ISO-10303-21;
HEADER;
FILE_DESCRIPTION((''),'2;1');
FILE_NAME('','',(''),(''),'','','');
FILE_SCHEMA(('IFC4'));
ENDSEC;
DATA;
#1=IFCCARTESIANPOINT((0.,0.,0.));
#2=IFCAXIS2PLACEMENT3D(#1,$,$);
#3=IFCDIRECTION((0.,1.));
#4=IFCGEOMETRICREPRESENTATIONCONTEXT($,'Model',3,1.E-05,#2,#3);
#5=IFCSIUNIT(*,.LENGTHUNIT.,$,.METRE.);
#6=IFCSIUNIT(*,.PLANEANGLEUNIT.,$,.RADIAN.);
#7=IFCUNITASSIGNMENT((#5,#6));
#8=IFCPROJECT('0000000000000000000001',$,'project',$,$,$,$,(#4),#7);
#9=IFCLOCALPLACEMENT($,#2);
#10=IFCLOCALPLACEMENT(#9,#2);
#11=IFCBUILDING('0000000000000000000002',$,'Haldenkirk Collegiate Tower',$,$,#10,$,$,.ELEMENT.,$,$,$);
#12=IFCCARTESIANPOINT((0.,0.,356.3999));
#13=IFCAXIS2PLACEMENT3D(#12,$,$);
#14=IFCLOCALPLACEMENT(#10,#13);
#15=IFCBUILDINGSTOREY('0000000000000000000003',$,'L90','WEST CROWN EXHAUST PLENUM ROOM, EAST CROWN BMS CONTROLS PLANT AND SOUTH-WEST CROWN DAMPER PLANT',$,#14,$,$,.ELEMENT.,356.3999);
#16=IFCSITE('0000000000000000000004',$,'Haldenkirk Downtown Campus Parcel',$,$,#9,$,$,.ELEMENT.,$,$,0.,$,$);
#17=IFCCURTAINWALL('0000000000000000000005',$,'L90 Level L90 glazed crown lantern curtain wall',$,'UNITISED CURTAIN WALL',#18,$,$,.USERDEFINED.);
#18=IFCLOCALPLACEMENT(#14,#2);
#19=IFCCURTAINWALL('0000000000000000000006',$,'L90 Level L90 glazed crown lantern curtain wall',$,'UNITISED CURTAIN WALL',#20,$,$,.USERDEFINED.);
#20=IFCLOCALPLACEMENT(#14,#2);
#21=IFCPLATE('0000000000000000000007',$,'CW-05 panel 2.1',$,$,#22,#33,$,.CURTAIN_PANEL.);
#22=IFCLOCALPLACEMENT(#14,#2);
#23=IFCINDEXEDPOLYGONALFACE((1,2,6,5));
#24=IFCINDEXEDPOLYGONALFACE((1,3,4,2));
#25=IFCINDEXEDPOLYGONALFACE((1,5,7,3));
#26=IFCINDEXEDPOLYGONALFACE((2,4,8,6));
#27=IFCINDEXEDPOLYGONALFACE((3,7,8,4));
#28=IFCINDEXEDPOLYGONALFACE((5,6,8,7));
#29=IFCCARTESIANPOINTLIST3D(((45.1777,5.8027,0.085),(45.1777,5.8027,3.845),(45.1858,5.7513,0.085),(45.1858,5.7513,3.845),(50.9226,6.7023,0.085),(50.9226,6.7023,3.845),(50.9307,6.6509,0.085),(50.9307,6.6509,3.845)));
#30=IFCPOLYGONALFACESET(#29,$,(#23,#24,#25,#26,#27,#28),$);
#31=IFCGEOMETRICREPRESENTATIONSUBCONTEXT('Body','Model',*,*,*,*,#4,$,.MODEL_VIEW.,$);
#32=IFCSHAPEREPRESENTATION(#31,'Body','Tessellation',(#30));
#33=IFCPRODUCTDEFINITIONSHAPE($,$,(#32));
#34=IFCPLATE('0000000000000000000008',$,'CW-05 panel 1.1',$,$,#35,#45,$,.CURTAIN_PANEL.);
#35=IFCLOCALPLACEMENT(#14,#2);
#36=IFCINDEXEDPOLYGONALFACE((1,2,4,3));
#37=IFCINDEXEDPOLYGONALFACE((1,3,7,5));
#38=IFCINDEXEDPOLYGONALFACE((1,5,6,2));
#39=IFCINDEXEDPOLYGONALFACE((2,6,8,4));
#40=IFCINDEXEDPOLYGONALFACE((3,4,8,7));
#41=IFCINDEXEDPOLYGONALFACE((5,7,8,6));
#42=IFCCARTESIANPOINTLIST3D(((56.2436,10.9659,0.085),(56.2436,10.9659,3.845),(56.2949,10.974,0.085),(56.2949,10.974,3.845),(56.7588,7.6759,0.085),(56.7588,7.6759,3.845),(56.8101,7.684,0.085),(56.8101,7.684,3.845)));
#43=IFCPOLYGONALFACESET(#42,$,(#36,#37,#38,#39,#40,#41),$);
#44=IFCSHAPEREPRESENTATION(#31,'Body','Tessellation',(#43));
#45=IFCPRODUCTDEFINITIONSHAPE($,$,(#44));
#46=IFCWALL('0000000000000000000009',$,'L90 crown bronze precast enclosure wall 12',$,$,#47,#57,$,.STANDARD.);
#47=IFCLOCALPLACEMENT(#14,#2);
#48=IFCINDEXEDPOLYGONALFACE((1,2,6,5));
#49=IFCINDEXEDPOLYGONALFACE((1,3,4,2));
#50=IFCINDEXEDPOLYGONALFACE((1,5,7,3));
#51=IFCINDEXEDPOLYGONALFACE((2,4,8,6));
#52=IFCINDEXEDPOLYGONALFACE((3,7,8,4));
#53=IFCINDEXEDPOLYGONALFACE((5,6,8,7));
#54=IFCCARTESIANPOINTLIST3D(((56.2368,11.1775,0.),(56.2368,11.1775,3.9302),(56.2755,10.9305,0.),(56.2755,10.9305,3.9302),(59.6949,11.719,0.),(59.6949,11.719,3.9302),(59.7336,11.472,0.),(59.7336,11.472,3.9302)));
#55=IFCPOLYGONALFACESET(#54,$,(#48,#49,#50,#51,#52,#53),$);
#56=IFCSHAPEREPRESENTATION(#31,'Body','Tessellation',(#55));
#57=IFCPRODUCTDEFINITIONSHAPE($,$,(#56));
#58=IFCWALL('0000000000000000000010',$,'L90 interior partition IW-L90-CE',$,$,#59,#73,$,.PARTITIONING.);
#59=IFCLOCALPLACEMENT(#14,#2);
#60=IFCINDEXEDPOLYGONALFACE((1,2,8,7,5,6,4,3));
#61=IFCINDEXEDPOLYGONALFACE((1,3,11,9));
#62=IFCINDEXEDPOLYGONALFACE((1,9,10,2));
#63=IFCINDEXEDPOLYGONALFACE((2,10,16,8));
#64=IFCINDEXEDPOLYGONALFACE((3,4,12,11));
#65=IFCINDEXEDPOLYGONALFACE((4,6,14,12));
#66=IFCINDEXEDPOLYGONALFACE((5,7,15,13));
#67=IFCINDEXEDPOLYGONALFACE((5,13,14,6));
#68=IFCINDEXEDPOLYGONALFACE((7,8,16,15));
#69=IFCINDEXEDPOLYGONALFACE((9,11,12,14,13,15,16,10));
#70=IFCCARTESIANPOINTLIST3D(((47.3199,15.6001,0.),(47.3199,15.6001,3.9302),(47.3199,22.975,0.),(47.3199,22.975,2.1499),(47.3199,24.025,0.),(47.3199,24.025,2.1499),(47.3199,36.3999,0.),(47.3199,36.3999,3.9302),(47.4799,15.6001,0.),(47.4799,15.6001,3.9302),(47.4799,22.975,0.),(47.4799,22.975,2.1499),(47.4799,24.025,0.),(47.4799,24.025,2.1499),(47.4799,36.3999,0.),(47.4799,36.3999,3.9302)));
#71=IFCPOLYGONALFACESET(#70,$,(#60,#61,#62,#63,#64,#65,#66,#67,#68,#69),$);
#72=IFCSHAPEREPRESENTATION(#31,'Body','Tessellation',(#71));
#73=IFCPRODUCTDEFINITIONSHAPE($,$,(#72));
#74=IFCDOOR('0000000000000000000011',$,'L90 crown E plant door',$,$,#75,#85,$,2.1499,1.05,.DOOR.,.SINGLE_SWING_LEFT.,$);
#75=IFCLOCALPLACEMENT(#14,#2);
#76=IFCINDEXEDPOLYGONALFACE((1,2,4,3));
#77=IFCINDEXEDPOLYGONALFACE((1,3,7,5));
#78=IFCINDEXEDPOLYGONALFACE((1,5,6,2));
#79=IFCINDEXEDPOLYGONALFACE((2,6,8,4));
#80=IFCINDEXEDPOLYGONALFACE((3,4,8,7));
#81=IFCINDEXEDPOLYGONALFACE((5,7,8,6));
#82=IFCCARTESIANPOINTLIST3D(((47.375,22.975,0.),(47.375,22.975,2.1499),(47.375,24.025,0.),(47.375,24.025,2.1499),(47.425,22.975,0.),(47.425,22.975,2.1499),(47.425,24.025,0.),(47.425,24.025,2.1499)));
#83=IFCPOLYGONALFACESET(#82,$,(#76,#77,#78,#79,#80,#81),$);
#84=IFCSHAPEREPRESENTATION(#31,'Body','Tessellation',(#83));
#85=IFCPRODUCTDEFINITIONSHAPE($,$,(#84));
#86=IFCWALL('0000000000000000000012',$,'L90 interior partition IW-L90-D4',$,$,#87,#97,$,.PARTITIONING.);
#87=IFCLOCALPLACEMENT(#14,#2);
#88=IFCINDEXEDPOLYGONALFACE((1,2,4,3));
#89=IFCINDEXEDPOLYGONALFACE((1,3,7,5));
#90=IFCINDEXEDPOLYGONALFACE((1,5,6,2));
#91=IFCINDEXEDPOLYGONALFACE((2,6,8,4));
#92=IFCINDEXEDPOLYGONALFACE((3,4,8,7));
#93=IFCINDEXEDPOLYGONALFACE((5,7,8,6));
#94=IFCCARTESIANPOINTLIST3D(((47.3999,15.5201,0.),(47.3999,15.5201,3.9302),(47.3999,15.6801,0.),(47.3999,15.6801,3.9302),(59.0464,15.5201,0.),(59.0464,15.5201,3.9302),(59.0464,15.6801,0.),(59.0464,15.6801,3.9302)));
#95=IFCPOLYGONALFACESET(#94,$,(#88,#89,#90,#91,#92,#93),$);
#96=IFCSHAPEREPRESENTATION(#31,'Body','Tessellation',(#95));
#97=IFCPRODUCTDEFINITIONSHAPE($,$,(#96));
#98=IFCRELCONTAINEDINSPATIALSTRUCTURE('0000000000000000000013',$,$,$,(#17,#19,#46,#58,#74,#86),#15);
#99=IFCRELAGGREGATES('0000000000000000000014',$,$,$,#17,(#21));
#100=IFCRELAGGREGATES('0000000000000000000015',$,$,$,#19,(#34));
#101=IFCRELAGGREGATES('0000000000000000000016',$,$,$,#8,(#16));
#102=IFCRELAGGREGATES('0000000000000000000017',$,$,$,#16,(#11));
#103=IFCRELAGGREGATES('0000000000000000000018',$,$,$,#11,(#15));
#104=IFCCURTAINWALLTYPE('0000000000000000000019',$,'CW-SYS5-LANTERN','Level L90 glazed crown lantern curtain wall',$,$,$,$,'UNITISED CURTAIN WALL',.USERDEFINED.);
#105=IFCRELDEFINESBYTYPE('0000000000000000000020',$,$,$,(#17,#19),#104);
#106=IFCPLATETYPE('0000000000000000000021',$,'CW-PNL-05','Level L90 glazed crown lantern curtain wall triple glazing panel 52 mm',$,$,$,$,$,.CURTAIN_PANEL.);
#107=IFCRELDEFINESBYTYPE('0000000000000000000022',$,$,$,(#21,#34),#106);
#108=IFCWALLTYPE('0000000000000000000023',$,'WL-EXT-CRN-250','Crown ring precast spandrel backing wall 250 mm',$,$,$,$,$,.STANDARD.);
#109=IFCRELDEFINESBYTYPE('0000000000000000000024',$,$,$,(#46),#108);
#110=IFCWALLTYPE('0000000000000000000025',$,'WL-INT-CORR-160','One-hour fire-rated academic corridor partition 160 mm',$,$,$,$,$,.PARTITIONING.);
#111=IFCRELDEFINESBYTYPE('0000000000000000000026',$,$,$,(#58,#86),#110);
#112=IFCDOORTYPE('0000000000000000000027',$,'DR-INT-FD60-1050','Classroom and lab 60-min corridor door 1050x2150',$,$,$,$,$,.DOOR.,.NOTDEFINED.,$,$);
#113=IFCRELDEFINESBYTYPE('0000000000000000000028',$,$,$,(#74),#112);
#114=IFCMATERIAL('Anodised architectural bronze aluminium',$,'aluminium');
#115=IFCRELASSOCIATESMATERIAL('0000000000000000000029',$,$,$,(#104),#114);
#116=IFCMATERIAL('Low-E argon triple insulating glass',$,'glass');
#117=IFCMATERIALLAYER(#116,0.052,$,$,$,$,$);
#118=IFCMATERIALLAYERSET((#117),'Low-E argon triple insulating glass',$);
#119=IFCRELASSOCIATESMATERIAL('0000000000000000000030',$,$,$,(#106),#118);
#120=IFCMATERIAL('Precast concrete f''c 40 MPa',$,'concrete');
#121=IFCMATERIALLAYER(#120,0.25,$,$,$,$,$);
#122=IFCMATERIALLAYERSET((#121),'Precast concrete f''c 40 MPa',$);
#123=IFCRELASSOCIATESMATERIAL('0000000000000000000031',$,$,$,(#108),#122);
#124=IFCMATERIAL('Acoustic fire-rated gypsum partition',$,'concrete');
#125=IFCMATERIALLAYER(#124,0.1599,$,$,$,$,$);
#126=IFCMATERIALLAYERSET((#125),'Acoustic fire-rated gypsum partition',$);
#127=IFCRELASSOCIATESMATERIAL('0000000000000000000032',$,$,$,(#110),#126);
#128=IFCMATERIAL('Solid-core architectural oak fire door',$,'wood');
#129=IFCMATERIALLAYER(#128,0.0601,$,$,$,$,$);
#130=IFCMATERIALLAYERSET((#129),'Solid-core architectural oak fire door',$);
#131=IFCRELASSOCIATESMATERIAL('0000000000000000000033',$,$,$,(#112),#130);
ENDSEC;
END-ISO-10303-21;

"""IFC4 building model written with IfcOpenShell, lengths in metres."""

from ifc_helpers import new_model, si_unit, direction, frame, frame_2d, origin, origin_2d, place, context, subcontext, project, spatial, rectangle, extrude, source, transform, mapped, material, layer, layer_set, type_object, element, fill, aggregate, save


model = new_model("IFC4")

# Units and contexts
model_context = context("Model", 3, precision=1e-05, world=origin(), true_north=direction((0.0, 1.0)))
body_context = subcontext(model_context, "Body", "Model", "MODEL_VIEW")
ifc_project = project(units=[si_unit("LENGTHUNIT", "METRE"), si_unit("PLANEANGLEUNIT", "RADIAN")], contexts=[model_context])

# Site, building, storey
site_placement = place(None, origin())
site = spatial("IfcSite", under=ifc_project, at=site_placement, Name="Haldenkirk Downtown Campus Parcel", CompositionType="ELEMENT", RefElevation=0.0)
building_placement = place(site_placement, origin())
building = spatial("IfcBuilding", under=site, at=building_placement, Name="Haldenkirk Collegiate Tower", CompositionType="ELEMENT")
storey_placement = place(building_placement, frame((0.0, 0.0, 356.3999)))
storey = spatial("IfcBuildingStorey", under=building, at=storey_placement, Name="L90", Description="WEST CROWN EXHAUST PLENUM ROOM, EAST CROWN BMS CONTROLS PLANT AND SOUTH-WEST CROWN DAMPER PLANT", CompositionType="ELEMENT", Elevation=356.3999)

# Curtain walls
ifc_material_1 = material(Name="Anodised architectural bronze aluminium", Category="aluminium")
curtain_wall_type = type_object("IfcCurtainWallType", Name="CW-SYS5-LANTERN", Description="Level L90 glazed crown lantern curtain wall", ElementType="UNITISED CURTAIN WALL", PredefinedType="USERDEFINED", material=ifc_material_1)
curtain_wall_1_placement = place(storey_placement, origin())
curtain_wall_1 = element("IfcCurtainWall", 1, at=curtain_wall_1_placement, inside=storey, type_object=curtain_wall_type, Name="L90 Level L90 glazed crown lantern curtain wall", ObjectType="UNITISED CURTAIN WALL", PredefinedType="USERDEFINED")
curtain_wall_2_placement = place(storey_placement, origin())
curtain_wall_2 = element("IfcCurtainWall", 2, at=curtain_wall_2_placement, inside=storey, type_object=curtain_wall_type, Name="L90 Level L90 glazed crown lantern curtain wall", ObjectType="UNITISED CURTAIN WALL", PredefinedType="USERDEFINED")

# Plates
ifc_material_2 = material(Name="Low-E argon triple insulating glass", Category="glass")
ifc_layer_1 = layer(ifc_material_2, 0.052)
ifc_layer_set_1 = layer_set([ifc_layer_1], Name="Low-E argon triple insulating glass")
plate_type = type_object("IfcPlateType", Name="CW-PNL-05", Description="Level L90 glazed crown lantern curtain wall triple glazing panel 52 mm", PredefinedType="CURTAIN_PANEL", material=ifc_layer_set_1)
shared_shape_1 = source(origin(), body_context, "Body", "SweptSolid", [
    extrude(rectangle(XDim=5.8149, YDim=0.052, at=origin_2d()), origin(), (0.0, 0.0, 1.0), 3.76),
])
plate_1_placement = place(storey_placement, frame((48.0542, 6.2268, 0.085), z_axis=(0.0, 0.0, 1.0), x_axis=(-0.98796, -0.154709, 0.0)))
plate_1 = element("IfcPlate", 3, at=plate_1_placement, type_object=plate_type, Name="CW-05 panel 2.1", PredefinedType="CURTAIN_PANEL", context=body_context, shape_type="MappedRepresentation", body=[
    mapped(shared_shape_1, transform((0.0, 0.0, 0.0), x_axis=(1.0, 0.0, 0.0), y_axis=(0.0, 1.0, 0.0), z_axis=(0.0, 0.0, 1.0), scale=1.0)),
])
aggregate(curtain_wall_1, [plate_1])
shared_shape_2 = source(origin(), body_context, "Body", "SweptSolid", [
    extrude(rectangle(XDim=3.3301, YDim=0.052, at=origin_2d()), origin(), (0.0, 0.0, 1.0), 3.76),
])
plate_2_placement = place(storey_placement, frame((56.5269, 9.325, 0.085), z_axis=(0.0, 0.0, 1.0), x_axis=(0.154712, -0.98796, 0.0)))
plate_2 = element("IfcPlate", 4, at=plate_2_placement, type_object=plate_type, Name="CW-05 panel 1.1", PredefinedType="CURTAIN_PANEL", context=body_context, shape_type="MappedRepresentation", body=[
    mapped(shared_shape_2, transform((0.0, 0.0, 0.0), x_axis=(1.0, 0.0, 0.0), y_axis=(0.0, 1.0, 0.0), z_axis=(0.0, 0.0, 1.0), scale=1.0)),
])
aggregate(curtain_wall_2, [plate_2])

# Wall
ifc_material_3 = material(Name="Precast concrete f'c 40 MPa", Category="concrete")
ifc_layer_2 = layer(ifc_material_3, 0.25)
ifc_layer_set_2 = layer_set([ifc_layer_2], Name="Precast concrete f'c 40 MPa")
wall_type_1 = type_object("IfcWallType", Name="WL-EXT-CRN-250", Description="Crown ring precast spandrel backing wall 250 mm", PredefinedType="STANDARD", material=ifc_layer_set_2)
wall_1_placement = place(storey_placement, frame((59.7141, 11.5955, 0.0), z_axis=(0.0, 0.0, 1.0), x_axis=(-0.98796, -0.154709, 0.0)))
element("IfcWall", 5, at=wall_1_placement, inside=storey, type_object=wall_type_1, Name="L90 crown bronze precast enclosure wall 12", PredefinedType="STANDARD", context=body_context, shape_type="SweptSolid", body=[
    extrude(rectangle(XDim=3.5002, YDim=0.25, at=frame_2d((1.75, 0.0))), origin(), (0.0, 0.0, 1.0), 3.9302),
])

# Wall, opening, door
ifc_material_4 = material(Name="Acoustic fire-rated gypsum partition", Category="concrete")
ifc_layer_3 = layer(ifc_material_4, 0.1599)
ifc_layer_set_3 = layer_set([ifc_layer_3], Name="Acoustic fire-rated gypsum partition")
wall_type_2 = type_object("IfcWallType", Name="WL-INT-CORR-160", Description="One-hour fire-rated academic corridor partition 160 mm", PredefinedType="PARTITIONING", material=ifc_layer_set_3)
wall_2_placement = place(storey_placement, frame((47.3999, 15.6001, 0.0), z_axis=(0.0, 0.0, 1.0), x_axis=(0.0, 1.0, 0.0)))
wall_2 = element("IfcWall", 6, at=wall_2_placement, inside=storey, type_object=wall_type_2, Name="L90 interior partition IW-L90-CE", PredefinedType="PARTITIONING", context=body_context, shape_type="SweptSolid", body=[
    extrude(rectangle(XDim=20.7998, YDim=0.1599, at=frame_2d((10.3999, 0.0))), origin(), (0.0, 0.0, 1.0), 3.9302),
])
opening_placement = place(wall_2_placement, frame((7.375, 0.0, 0.0)))
opening = element("IfcOpeningElement", 7, at=opening_placement, cuts=wall_2, PredefinedType="OPENING", context=body_context, shape_type="SweptSolid", body=[
    extrude(rectangle(XDim=1.05, YDim=2.1499, at=frame_2d((0.5249, 1.075))), frame((0.0, 0.0898, 0.0), z_axis=(0.0, -1.0, 0.0), x_axis=(1.0, 0.0, 0.0)), (0.0, 0.0, 1.0), 0.1799),
])
ifc_material_5 = material(Name="Solid-core architectural oak fire door", Category="wood")
ifc_layer_4 = layer(ifc_material_5, 0.0601)
ifc_layer_set_4 = layer_set([ifc_layer_4], Name="Solid-core architectural oak fire door")
door_type = type_object("IfcDoorType", Name="DR-INT-FD60-1050", Description="Classroom and lab 60-min corridor door 1050x2150", OperationType="NOTDEFINED", PredefinedType="DOOR", material=ifc_layer_set_4)
door_placement = place(opening_placement, origin())
door = element("IfcDoor", 8, at=door_placement, inside=storey, type_object=door_type, Name="L90 crown E plant door", OperationType="SINGLE_SWING_LEFT", OverallHeight=2.1499, OverallWidth=1.05, PredefinedType="DOOR", context=body_context, shape_type="SweptSolid", body=[
    extrude(rectangle(XDim=1.05, YDim=2.1499, at=frame_2d((0.5249, 1.075))), frame((0.0, 0.0249, 0.0), z_axis=(0.0, -1.0, 0.0), x_axis=(1.0, 0.0, 0.0)), (0.0, 0.0, 1.0), 0.05),
])
fill(opening, door)

# Wall
wall_3_placement = place(storey_placement, frame((47.3999, 15.6001, 0.0), z_axis=(0.0, 0.0, 1.0), x_axis=(1.0, 0.0, 0.0)))
element("IfcWall", 9, at=wall_3_placement, inside=storey, type_object=wall_type_2, Name="L90 interior partition IW-L90-D4", PredefinedType="PARTITIONING", context=body_context, shape_type="SweptSolid", body=[
    extrude(rectangle(XDim=11.6465, YDim=0.1599, at=frame_2d((5.8232, 0.0))), origin(), (0.0, 0.0, 1.0), 3.9302),
])

save(model, "model.ifc")
